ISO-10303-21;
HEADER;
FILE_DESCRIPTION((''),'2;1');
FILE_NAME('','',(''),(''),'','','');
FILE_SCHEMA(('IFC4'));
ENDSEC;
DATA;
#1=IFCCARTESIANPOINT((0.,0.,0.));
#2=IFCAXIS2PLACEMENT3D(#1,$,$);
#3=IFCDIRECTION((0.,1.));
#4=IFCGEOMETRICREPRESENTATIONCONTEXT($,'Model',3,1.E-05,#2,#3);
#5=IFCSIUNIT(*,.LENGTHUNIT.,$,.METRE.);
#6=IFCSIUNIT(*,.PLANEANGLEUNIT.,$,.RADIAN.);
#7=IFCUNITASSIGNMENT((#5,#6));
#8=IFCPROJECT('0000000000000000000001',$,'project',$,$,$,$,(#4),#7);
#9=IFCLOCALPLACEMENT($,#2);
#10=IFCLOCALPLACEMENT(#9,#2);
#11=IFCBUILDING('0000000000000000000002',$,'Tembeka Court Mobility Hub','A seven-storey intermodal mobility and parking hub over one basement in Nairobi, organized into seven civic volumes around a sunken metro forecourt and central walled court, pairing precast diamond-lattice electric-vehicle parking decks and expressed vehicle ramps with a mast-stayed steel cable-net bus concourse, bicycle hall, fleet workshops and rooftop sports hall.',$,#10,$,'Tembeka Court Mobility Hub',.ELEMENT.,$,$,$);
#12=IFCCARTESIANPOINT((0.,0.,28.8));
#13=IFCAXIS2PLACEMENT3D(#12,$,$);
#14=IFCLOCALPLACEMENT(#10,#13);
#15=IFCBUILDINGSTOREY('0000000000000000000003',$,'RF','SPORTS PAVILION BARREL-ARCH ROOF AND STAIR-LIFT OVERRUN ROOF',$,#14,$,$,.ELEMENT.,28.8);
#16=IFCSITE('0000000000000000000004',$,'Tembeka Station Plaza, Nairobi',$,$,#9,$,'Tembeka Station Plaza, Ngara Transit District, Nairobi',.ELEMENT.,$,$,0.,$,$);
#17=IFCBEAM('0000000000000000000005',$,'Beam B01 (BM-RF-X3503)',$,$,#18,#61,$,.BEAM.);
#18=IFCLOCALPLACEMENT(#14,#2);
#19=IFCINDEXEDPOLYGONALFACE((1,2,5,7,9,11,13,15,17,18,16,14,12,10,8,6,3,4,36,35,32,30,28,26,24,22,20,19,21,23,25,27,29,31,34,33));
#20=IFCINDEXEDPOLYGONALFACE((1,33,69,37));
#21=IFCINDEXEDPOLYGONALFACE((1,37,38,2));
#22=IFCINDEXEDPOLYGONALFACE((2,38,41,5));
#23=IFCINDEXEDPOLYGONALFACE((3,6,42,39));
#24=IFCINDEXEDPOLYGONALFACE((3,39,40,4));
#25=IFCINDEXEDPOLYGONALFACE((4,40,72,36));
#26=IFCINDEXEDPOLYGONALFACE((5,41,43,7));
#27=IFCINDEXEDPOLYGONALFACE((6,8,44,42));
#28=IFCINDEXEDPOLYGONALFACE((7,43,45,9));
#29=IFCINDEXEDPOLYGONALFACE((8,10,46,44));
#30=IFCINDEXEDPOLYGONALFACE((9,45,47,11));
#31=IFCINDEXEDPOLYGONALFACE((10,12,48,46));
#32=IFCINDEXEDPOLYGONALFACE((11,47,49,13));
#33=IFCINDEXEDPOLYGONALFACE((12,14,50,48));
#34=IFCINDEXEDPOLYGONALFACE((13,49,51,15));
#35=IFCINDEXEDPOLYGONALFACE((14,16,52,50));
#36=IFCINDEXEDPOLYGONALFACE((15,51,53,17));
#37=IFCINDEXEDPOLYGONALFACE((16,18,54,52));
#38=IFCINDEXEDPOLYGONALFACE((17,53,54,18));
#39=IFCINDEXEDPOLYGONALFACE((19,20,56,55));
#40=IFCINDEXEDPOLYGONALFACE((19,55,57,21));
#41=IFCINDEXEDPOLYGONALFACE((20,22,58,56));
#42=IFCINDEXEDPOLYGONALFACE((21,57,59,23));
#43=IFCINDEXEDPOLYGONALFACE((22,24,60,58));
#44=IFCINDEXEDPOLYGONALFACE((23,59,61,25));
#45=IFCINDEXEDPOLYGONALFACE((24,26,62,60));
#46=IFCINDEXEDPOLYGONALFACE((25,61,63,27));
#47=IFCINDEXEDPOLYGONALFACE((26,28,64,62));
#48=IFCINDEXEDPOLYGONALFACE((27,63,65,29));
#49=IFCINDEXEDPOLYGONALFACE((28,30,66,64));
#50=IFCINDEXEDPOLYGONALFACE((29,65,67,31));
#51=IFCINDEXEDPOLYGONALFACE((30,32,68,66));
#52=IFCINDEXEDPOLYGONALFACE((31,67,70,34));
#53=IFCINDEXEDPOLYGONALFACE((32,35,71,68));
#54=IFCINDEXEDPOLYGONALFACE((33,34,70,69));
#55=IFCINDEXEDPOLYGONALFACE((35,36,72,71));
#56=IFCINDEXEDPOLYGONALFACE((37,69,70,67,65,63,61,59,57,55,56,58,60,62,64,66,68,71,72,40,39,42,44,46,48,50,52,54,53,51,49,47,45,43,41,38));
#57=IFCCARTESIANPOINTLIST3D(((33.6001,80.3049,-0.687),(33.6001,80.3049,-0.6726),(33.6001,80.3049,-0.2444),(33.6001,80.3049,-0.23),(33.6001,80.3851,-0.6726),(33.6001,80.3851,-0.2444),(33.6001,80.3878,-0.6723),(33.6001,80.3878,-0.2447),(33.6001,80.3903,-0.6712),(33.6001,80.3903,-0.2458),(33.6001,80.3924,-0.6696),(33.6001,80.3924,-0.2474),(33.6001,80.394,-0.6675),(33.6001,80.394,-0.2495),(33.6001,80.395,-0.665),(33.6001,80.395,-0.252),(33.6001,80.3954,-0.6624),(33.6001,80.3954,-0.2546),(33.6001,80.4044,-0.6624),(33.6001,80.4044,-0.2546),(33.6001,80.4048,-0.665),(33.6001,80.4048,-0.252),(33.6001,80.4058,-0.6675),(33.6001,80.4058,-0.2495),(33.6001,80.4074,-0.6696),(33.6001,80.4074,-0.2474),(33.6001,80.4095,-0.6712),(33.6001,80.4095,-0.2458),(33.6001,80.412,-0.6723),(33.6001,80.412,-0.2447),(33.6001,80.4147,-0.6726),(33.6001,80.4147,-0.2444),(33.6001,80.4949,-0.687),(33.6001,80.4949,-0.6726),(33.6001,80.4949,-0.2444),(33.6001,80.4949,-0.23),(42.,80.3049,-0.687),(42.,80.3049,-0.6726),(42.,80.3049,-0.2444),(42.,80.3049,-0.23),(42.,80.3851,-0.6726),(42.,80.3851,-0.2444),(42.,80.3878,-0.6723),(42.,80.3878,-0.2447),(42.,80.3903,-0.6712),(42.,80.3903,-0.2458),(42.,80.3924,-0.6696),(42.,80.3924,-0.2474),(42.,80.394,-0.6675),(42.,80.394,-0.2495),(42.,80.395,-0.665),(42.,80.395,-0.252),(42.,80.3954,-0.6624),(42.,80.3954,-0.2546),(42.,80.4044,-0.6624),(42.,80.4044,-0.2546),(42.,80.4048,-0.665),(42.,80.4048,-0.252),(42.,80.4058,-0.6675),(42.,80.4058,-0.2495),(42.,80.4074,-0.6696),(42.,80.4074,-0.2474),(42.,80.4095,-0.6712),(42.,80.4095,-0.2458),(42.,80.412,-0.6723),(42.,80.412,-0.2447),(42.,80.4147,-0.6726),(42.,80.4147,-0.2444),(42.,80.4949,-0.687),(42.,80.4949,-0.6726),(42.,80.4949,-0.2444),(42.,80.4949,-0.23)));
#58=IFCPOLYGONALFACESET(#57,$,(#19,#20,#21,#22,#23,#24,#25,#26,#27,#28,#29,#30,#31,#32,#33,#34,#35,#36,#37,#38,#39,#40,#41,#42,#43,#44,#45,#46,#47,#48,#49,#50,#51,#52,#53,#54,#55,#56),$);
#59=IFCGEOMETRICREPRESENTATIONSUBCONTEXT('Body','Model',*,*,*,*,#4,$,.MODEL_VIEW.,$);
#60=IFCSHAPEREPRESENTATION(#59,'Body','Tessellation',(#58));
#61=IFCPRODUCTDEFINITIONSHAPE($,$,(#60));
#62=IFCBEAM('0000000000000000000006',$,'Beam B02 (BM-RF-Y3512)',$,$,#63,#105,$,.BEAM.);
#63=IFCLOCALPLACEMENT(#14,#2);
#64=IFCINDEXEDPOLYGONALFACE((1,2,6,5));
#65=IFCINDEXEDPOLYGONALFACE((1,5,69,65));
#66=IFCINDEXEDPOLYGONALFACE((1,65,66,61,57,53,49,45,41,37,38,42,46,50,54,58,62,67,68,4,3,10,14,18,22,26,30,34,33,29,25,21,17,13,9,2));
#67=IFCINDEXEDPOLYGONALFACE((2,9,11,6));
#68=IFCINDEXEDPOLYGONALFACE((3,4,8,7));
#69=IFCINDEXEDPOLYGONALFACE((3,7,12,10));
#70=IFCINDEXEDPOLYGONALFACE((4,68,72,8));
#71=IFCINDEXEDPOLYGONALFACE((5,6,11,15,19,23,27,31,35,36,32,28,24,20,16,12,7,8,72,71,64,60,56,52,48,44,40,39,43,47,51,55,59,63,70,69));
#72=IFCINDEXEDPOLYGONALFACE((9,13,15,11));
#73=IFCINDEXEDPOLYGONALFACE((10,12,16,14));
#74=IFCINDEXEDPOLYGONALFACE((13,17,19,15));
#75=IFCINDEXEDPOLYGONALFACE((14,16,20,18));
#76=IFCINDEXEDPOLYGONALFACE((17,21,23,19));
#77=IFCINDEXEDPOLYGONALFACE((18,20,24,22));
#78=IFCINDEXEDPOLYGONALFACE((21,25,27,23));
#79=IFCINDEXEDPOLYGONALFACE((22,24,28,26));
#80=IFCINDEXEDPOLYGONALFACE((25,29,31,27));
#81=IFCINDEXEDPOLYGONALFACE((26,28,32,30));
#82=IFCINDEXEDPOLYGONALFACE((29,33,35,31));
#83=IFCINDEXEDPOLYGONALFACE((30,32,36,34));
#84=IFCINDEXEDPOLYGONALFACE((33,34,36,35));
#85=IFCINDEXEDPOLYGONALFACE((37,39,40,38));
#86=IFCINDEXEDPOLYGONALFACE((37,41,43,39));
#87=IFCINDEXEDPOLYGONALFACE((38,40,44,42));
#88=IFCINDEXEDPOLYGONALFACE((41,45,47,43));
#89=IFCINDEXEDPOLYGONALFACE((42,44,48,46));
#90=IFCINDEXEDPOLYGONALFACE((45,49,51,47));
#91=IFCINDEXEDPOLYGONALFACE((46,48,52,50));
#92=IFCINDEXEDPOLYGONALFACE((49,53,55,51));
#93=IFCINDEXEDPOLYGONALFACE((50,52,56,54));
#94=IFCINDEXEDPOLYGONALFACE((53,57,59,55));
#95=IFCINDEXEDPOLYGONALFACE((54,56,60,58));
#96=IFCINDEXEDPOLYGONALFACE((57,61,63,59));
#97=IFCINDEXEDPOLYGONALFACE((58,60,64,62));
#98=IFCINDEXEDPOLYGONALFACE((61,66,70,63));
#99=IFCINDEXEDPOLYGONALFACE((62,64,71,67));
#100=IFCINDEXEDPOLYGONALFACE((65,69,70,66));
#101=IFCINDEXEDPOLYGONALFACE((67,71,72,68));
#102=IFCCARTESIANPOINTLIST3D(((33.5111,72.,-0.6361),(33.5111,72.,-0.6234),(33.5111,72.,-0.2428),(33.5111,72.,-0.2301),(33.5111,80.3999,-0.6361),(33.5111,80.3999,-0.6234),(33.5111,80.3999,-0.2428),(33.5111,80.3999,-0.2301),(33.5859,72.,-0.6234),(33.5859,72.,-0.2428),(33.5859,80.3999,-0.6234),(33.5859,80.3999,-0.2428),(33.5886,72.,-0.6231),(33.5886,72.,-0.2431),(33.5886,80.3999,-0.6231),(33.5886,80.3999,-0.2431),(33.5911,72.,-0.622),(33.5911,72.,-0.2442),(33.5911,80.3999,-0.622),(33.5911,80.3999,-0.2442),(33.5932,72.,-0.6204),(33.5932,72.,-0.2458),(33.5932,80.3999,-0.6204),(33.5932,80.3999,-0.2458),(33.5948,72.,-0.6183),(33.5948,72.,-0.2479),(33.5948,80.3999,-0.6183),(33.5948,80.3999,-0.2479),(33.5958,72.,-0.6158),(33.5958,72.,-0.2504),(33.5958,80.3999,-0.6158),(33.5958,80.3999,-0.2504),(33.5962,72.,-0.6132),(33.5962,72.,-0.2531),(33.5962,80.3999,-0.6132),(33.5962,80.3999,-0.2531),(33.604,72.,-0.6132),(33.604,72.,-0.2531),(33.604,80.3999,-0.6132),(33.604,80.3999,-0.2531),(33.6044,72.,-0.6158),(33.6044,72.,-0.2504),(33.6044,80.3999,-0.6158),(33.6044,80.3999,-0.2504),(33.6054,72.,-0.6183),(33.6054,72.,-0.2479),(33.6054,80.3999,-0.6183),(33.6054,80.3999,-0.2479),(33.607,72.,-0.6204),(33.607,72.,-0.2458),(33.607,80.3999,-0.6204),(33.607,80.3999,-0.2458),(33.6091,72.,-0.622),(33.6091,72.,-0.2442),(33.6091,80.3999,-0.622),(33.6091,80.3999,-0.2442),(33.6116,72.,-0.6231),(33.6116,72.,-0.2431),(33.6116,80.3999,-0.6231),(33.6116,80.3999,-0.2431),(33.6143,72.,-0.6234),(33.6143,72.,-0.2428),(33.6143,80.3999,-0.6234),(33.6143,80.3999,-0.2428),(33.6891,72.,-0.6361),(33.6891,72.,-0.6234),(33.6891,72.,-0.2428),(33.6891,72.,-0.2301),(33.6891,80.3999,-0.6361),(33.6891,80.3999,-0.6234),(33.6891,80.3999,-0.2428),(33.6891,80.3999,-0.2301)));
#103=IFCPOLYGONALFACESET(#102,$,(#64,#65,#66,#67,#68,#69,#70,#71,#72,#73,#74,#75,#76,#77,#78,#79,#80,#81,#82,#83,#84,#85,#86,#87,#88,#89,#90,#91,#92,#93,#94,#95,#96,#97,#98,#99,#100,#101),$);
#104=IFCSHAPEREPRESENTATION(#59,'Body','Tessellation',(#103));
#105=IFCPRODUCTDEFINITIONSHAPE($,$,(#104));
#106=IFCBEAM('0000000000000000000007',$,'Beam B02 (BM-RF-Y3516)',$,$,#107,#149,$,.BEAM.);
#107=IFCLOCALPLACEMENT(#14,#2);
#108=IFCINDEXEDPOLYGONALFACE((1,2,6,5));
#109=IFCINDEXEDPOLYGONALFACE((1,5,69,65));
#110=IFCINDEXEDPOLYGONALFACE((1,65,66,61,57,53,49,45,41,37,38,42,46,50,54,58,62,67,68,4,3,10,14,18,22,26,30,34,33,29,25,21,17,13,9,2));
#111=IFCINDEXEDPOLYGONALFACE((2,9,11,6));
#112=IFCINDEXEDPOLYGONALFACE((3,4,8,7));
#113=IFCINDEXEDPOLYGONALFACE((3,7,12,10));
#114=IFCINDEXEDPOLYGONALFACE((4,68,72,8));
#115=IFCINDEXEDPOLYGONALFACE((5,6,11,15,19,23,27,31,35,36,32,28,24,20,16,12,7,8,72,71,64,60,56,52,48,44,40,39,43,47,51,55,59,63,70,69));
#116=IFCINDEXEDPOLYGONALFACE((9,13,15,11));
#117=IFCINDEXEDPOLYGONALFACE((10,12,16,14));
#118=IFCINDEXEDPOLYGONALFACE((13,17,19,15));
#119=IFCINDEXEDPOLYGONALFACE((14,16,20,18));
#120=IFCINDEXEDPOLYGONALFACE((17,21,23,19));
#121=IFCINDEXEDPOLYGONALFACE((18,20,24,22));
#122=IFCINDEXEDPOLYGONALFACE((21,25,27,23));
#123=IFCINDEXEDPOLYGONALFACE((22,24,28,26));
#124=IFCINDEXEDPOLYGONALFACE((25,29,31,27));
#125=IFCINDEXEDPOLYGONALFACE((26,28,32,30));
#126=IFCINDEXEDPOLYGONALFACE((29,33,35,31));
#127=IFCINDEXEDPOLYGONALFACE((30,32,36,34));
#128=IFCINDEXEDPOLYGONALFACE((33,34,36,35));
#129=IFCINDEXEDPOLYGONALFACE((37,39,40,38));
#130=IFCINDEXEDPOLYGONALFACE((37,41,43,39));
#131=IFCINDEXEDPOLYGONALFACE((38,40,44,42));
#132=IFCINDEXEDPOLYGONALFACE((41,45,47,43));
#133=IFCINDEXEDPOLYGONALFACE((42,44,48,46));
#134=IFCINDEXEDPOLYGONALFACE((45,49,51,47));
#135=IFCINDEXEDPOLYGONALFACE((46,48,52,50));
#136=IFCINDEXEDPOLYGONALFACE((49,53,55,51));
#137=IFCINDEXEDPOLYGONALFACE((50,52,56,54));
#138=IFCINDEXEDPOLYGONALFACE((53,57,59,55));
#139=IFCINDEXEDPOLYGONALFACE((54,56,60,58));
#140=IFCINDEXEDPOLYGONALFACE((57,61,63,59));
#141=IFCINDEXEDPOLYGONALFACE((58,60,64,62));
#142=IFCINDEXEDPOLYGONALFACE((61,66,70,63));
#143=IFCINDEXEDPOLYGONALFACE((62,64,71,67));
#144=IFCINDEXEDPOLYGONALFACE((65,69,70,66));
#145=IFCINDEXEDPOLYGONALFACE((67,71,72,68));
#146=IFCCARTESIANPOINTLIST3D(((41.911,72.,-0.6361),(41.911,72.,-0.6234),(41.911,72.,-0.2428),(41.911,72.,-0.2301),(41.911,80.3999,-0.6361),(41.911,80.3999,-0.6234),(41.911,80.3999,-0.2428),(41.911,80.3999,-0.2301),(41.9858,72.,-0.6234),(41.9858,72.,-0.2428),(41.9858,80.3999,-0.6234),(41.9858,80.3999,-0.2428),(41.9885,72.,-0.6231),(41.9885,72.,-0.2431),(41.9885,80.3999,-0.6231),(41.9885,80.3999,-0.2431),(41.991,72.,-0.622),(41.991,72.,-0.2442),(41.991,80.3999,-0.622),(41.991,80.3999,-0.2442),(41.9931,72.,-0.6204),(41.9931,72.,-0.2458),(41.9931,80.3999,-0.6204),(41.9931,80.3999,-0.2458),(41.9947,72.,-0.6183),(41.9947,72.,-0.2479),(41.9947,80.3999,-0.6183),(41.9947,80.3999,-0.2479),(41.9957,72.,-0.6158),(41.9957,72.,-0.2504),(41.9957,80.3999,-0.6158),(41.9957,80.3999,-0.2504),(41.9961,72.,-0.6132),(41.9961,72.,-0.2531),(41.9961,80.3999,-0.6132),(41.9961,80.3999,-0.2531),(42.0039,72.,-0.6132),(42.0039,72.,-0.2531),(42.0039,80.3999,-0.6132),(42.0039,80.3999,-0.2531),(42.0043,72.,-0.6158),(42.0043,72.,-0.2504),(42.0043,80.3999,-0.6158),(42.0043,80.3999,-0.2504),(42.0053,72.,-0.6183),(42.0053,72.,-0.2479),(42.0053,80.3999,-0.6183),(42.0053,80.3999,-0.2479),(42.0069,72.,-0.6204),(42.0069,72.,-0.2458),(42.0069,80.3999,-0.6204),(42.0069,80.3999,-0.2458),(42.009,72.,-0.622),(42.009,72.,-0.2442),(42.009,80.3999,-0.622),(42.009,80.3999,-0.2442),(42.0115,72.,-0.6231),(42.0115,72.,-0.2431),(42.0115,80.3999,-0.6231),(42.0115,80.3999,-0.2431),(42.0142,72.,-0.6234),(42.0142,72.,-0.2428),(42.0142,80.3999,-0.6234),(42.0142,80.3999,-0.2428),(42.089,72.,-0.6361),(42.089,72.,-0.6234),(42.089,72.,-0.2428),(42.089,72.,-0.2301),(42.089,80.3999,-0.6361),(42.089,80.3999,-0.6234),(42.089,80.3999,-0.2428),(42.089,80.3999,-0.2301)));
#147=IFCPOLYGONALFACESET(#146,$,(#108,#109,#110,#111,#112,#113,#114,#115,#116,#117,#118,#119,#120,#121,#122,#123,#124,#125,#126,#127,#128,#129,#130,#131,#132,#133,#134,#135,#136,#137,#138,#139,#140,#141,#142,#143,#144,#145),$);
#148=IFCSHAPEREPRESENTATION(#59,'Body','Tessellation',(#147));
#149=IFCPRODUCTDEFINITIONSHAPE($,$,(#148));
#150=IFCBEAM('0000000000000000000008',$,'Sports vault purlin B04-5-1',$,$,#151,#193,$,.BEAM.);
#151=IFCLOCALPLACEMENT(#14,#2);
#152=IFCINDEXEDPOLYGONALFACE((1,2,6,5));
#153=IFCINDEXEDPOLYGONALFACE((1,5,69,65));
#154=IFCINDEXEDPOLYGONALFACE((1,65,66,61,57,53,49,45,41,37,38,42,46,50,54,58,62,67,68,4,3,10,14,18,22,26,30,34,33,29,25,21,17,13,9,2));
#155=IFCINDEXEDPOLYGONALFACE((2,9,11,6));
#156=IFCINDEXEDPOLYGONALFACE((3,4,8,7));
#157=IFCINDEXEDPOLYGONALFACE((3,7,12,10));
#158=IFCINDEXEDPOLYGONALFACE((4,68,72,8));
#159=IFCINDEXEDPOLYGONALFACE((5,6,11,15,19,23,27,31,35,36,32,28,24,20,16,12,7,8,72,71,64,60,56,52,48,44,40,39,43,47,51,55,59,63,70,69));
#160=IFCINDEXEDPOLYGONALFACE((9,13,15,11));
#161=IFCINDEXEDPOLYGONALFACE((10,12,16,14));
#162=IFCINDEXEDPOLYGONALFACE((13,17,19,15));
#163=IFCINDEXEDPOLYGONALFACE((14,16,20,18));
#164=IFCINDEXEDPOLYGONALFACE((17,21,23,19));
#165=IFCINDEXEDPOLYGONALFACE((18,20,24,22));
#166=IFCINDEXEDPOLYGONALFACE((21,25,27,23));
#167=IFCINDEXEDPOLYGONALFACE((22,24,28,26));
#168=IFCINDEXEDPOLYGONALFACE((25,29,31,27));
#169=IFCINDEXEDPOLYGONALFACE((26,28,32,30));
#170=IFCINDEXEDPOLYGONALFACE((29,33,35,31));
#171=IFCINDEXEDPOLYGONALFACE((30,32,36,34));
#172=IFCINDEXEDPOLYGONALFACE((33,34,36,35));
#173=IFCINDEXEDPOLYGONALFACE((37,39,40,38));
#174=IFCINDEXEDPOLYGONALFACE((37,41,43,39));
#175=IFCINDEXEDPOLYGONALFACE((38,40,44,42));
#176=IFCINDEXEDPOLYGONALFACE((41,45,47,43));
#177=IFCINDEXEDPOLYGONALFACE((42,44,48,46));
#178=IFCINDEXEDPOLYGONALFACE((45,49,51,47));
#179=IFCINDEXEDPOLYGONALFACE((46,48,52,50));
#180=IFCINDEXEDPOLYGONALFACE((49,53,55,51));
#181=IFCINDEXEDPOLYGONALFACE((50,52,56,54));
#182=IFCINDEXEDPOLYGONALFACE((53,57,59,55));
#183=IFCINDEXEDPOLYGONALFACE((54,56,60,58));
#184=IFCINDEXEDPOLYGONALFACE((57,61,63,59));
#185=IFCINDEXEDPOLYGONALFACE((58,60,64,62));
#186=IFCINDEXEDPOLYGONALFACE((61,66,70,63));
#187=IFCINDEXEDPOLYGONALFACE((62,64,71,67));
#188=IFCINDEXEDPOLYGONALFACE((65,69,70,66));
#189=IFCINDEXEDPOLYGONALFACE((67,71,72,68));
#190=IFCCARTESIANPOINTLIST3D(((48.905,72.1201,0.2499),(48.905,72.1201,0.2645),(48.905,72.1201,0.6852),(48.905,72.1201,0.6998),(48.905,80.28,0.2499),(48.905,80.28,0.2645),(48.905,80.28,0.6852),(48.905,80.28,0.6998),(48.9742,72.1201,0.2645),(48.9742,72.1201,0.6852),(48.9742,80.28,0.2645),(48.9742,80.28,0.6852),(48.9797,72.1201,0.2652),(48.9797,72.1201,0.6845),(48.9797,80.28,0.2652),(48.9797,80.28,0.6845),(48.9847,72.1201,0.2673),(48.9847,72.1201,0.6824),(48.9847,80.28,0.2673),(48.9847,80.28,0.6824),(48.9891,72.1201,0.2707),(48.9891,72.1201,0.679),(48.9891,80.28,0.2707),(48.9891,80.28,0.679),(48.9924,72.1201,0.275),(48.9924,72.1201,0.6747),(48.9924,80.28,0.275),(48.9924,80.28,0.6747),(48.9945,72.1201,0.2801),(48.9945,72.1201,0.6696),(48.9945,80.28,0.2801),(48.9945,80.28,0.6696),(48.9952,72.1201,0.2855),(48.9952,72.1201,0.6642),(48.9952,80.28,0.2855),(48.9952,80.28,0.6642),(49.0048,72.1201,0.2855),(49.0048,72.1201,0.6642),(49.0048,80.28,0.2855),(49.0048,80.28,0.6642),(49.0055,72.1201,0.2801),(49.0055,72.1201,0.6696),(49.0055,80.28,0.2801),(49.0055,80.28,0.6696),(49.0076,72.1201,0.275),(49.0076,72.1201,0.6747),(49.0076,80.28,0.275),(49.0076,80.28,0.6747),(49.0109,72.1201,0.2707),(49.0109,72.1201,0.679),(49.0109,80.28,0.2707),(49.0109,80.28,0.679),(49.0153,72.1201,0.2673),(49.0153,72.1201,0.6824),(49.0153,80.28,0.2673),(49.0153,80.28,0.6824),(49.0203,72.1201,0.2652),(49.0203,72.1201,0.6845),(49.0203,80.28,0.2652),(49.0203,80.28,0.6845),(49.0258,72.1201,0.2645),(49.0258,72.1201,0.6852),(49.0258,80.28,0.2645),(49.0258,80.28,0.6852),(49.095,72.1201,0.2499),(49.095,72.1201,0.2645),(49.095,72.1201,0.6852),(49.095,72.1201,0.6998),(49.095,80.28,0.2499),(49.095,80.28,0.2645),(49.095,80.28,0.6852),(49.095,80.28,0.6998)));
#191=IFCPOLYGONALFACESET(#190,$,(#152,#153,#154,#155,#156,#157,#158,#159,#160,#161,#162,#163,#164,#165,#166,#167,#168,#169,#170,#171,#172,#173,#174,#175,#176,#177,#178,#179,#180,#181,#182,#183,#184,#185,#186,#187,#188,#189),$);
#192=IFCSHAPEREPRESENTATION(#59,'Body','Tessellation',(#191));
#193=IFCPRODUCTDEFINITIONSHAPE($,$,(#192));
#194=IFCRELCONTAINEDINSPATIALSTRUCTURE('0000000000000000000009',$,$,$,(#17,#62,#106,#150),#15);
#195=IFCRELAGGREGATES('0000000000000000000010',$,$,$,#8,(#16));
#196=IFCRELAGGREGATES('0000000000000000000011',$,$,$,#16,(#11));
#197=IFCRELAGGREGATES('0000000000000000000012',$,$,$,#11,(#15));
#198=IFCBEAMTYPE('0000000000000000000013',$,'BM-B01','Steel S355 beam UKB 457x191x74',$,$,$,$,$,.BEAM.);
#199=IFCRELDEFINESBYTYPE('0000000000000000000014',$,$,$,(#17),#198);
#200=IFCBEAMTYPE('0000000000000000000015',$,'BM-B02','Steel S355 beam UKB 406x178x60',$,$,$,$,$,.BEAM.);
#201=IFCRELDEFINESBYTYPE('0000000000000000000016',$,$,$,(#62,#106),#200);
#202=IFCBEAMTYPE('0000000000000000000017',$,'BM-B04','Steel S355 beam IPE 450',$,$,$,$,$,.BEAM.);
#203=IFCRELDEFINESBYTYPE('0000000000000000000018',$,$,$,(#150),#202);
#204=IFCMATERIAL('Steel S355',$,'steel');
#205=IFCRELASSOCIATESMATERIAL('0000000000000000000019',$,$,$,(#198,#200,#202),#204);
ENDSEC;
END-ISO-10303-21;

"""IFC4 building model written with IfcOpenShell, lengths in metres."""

from ifc_helpers import new_model, si_unit, direction, frame, origin, origin_2d, place, context, subcontext, project, spatial, i_section, extrude, material, material_profile, profile_set, type_object, element, save


model = new_model("IFC4")

# Units and contexts
model_context = context("Model", 3, precision=1e-05, world=origin(), true_north=direction((0.0, 1.0)))
body_context = subcontext(model_context, "Body", "Model", "MODEL_VIEW")
ifc_project = project(units=[si_unit("LENGTHUNIT", "METRE"), si_unit("PLANEANGLEUNIT", "RADIAN")], contexts=[model_context])

# Site, building, storey
site_placement = place(None, origin())
site = spatial("IfcSite", under=ifc_project, at=site_placement, Name="Tembeka Station Plaza, Nairobi", LongName="Tembeka Station Plaza, Ngara Transit District, Nairobi", CompositionType="ELEMENT", RefElevation=0.0)
building_placement = place(site_placement, origin())
building = spatial("IfcBuilding", under=site, at=building_placement, Name="Tembeka Court Mobility Hub", Description="A seven-storey intermodal mobility and parking hub over one basement in Nairobi, organized into seven civic volumes around a sunken metro forecourt and central walled court, pairing precast diamond-lattice electric-vehicle parking decks and expressed vehicle ramps with a mast-stayed steel cable-net bus concourse, bicycle hall, fleet workshops and rooftop sports hall.", LongName="Tembeka Court Mobility Hub", CompositionType="ELEMENT")
storey_placement = place(building_placement, frame((0.0, 0.0, 28.8)))
storey = spatial("IfcBuildingStorey", under=building, at=storey_placement, Name="RF", Description="SPORTS PAVILION BARREL-ARCH ROOF AND STAIR-LIFT OVERRUN ROOF", CompositionType="ELEMENT", Elevation=28.8)

# Beams
ifc_material_1 = material(Name="Steel S355", Category="steel")
ifc_material_profile_1 = material_profile(ifc_material_1, i_section(OverallWidth=0.1899, OverallDepth=0.457, WebThickness=0.009, FlangeThickness=0.0144, FilletRadius=0.0103, at=origin_2d()), Name="UKB 457x191x74")
ifc_profile_set_1 = profile_set([ifc_material_profile_1], Name="Steel S355")
beam_type_1 = type_object("IfcBeamType", Name="BM-B01", Description="Steel S355 beam UKB 457x191x74", PredefinedType="BEAM", material=ifc_profile_set_1)
beam_1_placement = place(storey_placement, frame((33.6001, 80.3999, -0.4585), z_axis=(1.0, 0.0, 0.0), x_axis=(0.0, 1.0, 0.0)))
element("IfcBeam", 1, at=beam_1_placement, inside=storey, type_object=beam_type_1, Name="Beam B01 (BM-RF-X3503)", PredefinedType="BEAM", context=body_context, shape_type="SweptSolid", body=[
    extrude(i_section(OverallWidth=0.1899, OverallDepth=0.457, WebThickness=0.009, FlangeThickness=0.0144, FilletRadius=0.0103, at=origin_2d()), origin(), (0.0, 0.0, 1.0), 8.3999),
])
ifc_material_profile_2 = material_profile(ifc_material_1, i_section(OverallWidth=0.178, OverallDepth=0.406, WebThickness=0.0078, FlangeThickness=0.0127, FilletRadius=0.0103, at=origin_2d()), Name="UKB 406x178x60")
ifc_profile_set_2 = profile_set([ifc_material_profile_2], Name="Steel S355")
beam_type_2 = type_object("IfcBeamType", Name="BM-B02", Description="Steel S355 beam UKB 406x178x60", PredefinedType="BEAM", material=ifc_profile_set_2)
for number, where, z_axis, x_axis, name in (
    (2, (33.6001, 72.0, -0.4331), (0.0, 1.0, 0.0), (-1.0, 0.0, 0.0), "Beam B02 (BM-RF-Y3512)"),
    (3, (42.0, 72.0, -0.4331), (0.0, 1.0, 0.0), (-1.0, 0.0, 0.0), "Beam B02 (BM-RF-Y3516)"),
):
    element("IfcBeam", number, at=place(storey_placement, frame(where, z_axis=z_axis, x_axis=x_axis)), inside=storey, type_object=beam_type_2, Name=name, PredefinedType="BEAM", context=body_context, shape_type="SweptSolid", body=[
        extrude(i_section(OverallWidth=0.178, OverallDepth=0.406, WebThickness=0.0078, FlangeThickness=0.0127, FilletRadius=0.0103, at=origin_2d()), origin(), (0.0, 0.0, 1.0), 8.3999),
    ])
ifc_material_profile_3 = material_profile(ifc_material_1, i_section(OverallWidth=0.1899, OverallDepth=0.45, WebThickness=0.0095, FlangeThickness=0.0146, FilletRadius=0.021, at=origin_2d()), Name="IPE 450")
ifc_profile_set_3 = profile_set([ifc_material_profile_3], Name="Steel S355")
beam_type_3 = type_object("IfcBeamType", Name="BM-B04", Description="Steel S355 beam IPE 450", PredefinedType="BEAM", material=ifc_profile_set_3)
beam_2_placement = place(storey_placement, frame((49.0, 72.1201, 0.4749), z_axis=(0.0, 1.0, 0.0), x_axis=(-1.0, 0.0, 0.0)))
element("IfcBeam", 4, at=beam_2_placement, inside=storey, type_object=beam_type_3, Name="Sports vault purlin B04-5-1", PredefinedType="BEAM", context=body_context, shape_type="SweptSolid", body=[
    extrude(i_section(OverallWidth=0.1899, OverallDepth=0.45, WebThickness=0.0095, FlangeThickness=0.0146, FilletRadius=0.021, at=origin_2d()), origin(), (0.0, 0.0, 1.0), 8.1599),
])

save(model, "model.ifc")
